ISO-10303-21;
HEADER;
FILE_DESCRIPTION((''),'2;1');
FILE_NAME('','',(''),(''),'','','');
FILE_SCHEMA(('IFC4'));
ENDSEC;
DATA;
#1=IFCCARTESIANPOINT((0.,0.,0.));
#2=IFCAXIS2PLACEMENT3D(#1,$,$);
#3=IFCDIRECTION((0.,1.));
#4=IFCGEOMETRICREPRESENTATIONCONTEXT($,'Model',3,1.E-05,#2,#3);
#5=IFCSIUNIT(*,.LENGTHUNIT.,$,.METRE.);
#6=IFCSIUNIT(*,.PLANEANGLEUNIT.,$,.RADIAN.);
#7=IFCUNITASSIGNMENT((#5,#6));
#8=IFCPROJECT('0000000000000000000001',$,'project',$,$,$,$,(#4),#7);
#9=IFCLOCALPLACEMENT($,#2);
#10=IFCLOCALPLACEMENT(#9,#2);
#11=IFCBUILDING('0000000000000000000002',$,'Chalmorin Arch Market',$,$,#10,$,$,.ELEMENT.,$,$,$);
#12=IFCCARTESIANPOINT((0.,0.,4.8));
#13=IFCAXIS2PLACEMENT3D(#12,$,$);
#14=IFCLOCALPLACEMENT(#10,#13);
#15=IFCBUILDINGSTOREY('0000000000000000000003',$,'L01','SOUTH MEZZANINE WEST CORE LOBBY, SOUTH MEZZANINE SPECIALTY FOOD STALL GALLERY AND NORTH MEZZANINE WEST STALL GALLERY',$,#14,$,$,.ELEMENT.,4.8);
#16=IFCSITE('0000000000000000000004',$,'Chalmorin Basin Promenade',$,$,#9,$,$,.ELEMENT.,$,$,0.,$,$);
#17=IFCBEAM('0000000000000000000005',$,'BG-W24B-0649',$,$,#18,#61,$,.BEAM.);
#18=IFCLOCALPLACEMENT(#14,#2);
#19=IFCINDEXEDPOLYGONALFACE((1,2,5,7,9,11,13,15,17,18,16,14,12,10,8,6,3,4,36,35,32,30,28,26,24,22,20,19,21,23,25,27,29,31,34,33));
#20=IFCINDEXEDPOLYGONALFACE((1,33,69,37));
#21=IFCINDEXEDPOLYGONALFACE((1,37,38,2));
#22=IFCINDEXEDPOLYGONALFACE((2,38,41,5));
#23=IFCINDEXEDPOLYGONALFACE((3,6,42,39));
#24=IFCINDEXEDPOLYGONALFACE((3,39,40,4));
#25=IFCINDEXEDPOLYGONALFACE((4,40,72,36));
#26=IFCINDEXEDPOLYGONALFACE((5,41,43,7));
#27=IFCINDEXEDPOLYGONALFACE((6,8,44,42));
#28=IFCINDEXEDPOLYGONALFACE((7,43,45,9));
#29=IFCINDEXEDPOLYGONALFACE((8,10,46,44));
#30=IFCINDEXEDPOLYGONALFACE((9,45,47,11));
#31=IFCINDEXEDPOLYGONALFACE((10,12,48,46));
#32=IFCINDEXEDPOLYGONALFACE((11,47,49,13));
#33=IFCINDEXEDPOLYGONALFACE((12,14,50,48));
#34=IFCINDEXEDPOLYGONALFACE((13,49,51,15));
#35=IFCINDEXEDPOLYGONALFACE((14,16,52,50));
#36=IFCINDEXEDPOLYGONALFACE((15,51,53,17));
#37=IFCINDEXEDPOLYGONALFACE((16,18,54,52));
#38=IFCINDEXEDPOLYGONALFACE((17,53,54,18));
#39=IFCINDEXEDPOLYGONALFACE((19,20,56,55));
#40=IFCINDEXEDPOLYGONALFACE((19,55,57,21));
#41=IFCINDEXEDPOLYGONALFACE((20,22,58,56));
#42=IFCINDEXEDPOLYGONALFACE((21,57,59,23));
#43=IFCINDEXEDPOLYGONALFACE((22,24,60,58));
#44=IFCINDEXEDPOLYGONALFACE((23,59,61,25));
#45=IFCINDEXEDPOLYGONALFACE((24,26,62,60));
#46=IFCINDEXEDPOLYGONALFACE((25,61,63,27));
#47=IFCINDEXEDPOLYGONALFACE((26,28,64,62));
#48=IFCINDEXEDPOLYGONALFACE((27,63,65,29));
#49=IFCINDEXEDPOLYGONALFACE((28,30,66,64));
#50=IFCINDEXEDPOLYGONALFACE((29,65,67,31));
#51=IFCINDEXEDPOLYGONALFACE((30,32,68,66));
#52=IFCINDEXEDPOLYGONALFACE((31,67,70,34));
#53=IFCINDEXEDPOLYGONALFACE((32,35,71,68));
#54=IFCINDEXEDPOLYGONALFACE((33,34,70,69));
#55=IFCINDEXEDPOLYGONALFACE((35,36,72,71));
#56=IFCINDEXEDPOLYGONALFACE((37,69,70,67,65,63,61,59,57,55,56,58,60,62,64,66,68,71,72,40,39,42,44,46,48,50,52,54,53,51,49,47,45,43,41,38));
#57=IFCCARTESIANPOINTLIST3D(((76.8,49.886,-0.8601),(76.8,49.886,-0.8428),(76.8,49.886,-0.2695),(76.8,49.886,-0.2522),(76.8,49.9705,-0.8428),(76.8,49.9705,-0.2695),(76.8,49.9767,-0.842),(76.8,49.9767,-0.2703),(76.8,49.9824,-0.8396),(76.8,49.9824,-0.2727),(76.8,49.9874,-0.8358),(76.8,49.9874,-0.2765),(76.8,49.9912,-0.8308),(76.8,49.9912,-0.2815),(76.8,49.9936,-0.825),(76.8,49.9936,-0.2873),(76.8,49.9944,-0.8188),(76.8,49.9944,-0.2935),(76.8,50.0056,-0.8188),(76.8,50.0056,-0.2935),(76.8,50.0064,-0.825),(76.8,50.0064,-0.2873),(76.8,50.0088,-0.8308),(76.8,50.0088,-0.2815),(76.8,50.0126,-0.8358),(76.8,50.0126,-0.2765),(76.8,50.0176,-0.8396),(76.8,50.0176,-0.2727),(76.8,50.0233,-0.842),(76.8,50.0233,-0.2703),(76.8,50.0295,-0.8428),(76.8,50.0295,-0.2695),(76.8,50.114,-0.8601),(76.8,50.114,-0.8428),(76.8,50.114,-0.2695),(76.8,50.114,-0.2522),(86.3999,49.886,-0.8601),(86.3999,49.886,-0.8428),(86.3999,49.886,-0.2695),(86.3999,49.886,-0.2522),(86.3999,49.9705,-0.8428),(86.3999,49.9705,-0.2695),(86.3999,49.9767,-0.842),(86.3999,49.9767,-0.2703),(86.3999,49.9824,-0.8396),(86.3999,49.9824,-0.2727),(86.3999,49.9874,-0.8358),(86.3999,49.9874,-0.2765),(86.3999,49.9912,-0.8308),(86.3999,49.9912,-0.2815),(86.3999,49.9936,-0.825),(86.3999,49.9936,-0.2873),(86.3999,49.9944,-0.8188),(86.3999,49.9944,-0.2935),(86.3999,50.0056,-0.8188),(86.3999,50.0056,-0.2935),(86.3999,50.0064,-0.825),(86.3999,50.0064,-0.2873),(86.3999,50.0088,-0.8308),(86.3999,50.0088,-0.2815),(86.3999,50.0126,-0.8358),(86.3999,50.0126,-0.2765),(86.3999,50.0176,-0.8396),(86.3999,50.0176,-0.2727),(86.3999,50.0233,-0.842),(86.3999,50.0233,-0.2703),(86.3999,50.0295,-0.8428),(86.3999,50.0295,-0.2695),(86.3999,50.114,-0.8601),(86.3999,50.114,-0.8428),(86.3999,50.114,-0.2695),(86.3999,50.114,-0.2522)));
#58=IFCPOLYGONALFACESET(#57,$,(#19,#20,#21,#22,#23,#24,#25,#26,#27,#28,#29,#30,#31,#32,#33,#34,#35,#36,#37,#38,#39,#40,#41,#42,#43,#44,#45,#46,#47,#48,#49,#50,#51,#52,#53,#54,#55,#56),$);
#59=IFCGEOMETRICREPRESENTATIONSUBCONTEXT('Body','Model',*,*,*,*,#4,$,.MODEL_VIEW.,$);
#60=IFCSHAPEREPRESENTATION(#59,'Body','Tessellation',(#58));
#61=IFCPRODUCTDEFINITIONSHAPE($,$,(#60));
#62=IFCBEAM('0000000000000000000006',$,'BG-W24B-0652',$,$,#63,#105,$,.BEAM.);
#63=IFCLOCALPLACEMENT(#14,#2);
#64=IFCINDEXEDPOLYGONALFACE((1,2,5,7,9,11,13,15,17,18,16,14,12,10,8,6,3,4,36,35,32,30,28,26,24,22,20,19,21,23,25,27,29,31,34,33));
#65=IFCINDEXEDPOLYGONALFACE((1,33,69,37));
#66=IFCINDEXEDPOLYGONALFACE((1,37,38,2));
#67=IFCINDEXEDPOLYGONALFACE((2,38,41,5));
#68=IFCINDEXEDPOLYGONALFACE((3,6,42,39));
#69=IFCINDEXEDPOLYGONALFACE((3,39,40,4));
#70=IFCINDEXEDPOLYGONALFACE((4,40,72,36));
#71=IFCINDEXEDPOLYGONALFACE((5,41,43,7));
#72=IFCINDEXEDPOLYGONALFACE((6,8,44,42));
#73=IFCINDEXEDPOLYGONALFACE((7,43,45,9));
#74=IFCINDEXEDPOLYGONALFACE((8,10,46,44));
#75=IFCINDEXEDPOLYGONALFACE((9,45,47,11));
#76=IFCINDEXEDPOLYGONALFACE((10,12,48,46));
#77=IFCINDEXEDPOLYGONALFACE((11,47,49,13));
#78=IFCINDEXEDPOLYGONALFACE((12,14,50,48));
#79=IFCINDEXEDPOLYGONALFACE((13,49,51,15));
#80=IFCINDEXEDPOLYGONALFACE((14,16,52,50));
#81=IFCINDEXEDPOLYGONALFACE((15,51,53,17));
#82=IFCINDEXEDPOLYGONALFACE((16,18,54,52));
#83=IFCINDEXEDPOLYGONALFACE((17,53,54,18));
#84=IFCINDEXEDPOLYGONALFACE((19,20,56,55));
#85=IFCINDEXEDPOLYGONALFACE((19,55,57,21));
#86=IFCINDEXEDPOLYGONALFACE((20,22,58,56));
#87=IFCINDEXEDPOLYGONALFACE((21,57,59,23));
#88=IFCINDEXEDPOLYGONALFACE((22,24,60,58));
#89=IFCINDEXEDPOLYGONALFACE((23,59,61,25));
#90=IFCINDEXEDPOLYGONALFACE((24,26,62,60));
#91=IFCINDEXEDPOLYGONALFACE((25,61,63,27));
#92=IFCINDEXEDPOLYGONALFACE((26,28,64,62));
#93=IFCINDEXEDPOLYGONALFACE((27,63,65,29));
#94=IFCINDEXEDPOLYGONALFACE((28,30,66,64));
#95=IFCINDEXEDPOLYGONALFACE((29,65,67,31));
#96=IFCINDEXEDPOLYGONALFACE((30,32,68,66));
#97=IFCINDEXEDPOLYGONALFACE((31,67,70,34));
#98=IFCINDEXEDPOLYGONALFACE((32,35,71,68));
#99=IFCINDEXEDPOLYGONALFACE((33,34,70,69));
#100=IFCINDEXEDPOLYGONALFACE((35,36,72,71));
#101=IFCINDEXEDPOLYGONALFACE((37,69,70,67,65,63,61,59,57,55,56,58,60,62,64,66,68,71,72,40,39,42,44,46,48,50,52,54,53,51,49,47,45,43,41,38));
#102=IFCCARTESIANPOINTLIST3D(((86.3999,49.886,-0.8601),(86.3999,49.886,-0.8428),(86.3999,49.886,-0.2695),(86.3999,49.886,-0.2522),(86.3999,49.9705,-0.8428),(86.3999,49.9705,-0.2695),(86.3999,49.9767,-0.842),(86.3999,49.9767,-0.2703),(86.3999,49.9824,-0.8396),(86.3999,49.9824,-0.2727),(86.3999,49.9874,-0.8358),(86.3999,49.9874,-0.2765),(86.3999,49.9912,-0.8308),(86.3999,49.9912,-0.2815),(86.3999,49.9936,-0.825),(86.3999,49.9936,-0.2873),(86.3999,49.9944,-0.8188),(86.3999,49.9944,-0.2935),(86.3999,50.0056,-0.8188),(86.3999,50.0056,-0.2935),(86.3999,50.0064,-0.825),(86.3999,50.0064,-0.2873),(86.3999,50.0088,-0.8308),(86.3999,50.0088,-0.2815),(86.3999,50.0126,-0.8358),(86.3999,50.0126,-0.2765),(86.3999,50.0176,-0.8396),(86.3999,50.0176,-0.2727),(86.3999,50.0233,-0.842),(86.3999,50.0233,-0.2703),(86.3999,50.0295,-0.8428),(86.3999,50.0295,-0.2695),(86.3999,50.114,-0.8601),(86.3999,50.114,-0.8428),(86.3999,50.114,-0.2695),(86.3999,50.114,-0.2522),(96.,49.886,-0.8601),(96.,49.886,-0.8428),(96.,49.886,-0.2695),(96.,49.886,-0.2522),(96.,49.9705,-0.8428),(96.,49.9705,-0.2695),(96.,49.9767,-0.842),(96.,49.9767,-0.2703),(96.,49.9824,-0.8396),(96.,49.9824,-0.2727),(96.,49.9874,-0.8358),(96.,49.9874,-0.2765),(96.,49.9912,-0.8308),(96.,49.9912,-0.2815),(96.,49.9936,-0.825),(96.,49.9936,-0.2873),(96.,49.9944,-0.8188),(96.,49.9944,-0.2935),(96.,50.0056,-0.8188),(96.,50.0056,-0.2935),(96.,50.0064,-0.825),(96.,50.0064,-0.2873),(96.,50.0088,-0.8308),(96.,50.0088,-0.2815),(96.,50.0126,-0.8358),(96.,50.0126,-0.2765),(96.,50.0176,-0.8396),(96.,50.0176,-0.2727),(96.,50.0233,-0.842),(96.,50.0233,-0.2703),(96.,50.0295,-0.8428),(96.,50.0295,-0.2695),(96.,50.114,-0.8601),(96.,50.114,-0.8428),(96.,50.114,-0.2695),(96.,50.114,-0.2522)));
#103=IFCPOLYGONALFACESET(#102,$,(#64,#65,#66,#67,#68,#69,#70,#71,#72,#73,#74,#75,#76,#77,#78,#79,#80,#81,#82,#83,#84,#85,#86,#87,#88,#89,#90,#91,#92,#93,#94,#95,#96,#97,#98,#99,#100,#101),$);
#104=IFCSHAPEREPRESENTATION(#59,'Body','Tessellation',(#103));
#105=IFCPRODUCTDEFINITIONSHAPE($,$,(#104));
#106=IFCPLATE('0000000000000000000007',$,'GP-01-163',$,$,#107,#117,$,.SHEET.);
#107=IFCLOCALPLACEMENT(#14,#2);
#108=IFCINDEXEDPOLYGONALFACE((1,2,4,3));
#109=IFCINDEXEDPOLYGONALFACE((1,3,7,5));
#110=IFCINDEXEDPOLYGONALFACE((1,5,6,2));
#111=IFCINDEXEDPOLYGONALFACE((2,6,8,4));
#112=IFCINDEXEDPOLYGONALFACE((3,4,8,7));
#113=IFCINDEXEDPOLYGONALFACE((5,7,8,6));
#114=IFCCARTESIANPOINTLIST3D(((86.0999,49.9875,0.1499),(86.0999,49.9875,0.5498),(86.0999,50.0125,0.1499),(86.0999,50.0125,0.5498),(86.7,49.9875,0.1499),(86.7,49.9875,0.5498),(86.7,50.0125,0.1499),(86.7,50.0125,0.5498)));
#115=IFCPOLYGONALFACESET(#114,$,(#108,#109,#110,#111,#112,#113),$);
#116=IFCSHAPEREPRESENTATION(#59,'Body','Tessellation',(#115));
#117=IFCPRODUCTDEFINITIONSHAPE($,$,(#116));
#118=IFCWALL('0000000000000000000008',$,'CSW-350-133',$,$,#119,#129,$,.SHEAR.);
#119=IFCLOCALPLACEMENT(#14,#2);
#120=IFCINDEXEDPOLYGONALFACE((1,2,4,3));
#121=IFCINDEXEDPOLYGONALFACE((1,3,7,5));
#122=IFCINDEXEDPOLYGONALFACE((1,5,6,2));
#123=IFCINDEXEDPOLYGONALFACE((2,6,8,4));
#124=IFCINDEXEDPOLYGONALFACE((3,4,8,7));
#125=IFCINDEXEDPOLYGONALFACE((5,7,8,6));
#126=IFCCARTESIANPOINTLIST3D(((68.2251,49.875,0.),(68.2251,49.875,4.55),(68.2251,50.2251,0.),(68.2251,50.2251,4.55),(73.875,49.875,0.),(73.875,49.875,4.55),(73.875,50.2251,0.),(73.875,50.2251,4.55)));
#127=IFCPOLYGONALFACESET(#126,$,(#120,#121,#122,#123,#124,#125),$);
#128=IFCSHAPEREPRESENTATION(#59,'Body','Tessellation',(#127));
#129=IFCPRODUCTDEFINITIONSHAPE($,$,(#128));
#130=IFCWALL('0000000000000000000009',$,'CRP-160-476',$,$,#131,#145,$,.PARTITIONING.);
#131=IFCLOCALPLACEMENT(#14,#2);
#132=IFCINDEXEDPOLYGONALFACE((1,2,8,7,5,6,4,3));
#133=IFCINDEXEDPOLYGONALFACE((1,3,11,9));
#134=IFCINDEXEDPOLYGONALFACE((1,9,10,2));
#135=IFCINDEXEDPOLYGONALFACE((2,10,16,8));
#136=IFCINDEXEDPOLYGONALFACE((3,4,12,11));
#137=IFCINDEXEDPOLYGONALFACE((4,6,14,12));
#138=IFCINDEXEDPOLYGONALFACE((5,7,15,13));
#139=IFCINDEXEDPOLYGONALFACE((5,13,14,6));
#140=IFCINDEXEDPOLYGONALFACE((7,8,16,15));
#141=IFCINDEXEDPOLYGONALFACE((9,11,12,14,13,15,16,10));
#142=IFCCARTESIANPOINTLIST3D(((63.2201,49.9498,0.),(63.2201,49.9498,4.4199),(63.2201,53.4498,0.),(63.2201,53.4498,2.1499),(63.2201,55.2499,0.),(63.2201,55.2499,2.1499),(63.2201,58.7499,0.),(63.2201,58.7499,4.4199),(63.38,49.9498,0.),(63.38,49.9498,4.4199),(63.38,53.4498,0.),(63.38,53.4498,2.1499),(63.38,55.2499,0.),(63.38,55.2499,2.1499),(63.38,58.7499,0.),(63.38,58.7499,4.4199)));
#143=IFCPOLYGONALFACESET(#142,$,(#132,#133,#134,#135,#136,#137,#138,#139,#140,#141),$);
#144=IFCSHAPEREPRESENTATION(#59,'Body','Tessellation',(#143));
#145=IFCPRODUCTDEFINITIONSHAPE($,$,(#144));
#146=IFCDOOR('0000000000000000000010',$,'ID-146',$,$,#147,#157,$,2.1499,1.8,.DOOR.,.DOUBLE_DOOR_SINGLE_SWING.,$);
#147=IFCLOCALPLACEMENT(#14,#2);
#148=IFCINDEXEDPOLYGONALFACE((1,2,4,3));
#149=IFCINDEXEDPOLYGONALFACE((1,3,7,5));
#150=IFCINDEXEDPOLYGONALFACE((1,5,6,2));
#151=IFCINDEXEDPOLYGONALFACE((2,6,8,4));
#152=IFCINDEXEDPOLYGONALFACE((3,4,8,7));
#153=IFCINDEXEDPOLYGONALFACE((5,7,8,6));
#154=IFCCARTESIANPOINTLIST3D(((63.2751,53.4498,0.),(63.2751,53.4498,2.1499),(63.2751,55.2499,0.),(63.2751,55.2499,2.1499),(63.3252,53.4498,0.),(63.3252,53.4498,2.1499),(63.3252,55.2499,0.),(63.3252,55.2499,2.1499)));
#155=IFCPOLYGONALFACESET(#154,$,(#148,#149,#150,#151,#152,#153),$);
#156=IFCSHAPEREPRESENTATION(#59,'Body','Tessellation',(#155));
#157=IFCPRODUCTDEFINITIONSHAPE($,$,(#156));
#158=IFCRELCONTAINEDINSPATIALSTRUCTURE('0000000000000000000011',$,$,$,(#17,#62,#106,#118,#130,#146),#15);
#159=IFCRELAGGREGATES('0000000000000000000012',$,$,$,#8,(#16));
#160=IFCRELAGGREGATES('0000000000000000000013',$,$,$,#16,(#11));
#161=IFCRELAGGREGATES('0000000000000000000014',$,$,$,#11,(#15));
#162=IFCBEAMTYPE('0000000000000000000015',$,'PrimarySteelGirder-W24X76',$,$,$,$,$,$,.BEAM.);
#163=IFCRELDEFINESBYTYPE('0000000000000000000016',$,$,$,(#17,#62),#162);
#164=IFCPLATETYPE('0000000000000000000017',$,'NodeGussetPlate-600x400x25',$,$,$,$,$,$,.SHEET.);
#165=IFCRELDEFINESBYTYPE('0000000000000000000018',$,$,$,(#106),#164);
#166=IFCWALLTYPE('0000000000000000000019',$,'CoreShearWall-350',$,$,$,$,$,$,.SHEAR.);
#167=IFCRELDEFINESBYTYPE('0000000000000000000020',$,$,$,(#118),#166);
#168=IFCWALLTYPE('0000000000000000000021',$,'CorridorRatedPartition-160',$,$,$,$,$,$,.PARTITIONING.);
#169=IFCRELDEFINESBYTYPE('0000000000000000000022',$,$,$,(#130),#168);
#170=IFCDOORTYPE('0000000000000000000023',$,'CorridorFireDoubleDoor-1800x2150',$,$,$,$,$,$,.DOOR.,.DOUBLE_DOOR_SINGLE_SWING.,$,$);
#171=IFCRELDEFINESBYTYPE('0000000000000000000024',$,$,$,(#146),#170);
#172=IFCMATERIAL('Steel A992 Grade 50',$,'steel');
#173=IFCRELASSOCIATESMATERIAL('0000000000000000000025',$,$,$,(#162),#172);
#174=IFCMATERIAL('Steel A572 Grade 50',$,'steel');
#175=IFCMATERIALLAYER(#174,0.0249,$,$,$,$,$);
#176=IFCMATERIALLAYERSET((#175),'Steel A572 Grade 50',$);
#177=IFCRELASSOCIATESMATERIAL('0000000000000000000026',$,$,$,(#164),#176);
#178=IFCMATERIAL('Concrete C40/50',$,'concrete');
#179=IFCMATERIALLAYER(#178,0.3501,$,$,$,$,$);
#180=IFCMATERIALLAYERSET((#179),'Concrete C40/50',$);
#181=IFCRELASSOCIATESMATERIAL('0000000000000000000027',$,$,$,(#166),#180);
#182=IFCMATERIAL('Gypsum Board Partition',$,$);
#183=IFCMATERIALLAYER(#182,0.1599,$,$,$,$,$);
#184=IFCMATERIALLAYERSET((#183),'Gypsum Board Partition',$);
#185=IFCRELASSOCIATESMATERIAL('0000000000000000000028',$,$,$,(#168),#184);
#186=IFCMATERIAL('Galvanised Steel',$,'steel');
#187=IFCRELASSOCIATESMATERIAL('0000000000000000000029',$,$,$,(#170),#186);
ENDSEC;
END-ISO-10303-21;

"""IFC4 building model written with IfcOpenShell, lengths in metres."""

from ifc_helpers import new_model, si_unit, direction, frame, frame_2d, origin, origin_2d, place, context, subcontext, project, spatial, rectangle, i_section, extrude, material, layer, layer_set, material_profile, profile_set, type_object, element, fill, save


model = new_model("IFC4")

# Units and contexts
model_context = context("Model", 3, precision=1e-05, world=origin(), true_north=direction((0.0, 1.0)))
body_context = subcontext(model_context, "Body", "Model", "MODEL_VIEW")
ifc_project = project(units=[si_unit("LENGTHUNIT", "METRE"), si_unit("PLANEANGLEUNIT", "RADIAN")], contexts=[model_context])

# Site, building, storey
site_placement = place(None, origin())
site = spatial("IfcSite", under=ifc_project, at=site_placement, Name="Chalmorin Basin Promenade", CompositionType="ELEMENT", RefElevation=0.0)
building_placement = place(site_placement, origin())
building = spatial("IfcBuilding", under=site, at=building_placement, Name="Chalmorin Arch Market", CompositionType="ELEMENT")
storey_placement = place(building_placement, frame((0.0, 0.0, 4.8)))
storey = spatial("IfcBuildingStorey", under=building, at=storey_placement, Name="L01", Description="SOUTH MEZZANINE WEST CORE LOBBY, SOUTH MEZZANINE SPECIALTY FOOD STALL GALLERY AND NORTH MEZZANINE WEST STALL GALLERY", CompositionType="ELEMENT", Elevation=4.8)

# Shared definitions
ifc_material_1 = material(Name="Concrete C40/50", Category="concrete")

# Shared definitions
ifc_material_2 = material(Name="Steel A992 Grade 50", Category="steel")

# Beams
ifc_material_profile_1 = material_profile(ifc_material_2, i_section(OverallWidth=0.228, OverallDepth=0.6079, WebThickness=0.0112, FlangeThickness=0.0173, FilletRadius=0.0239, at=origin_2d()), Name="W24X76")
ifc_profile_set_1 = profile_set([ifc_material_profile_1], Name="Steel A992 Grade 50")
beam_type_1 = type_object("IfcBeamType", Name="PrimarySteelGirder-W24X76", PredefinedType="BEAM", material=ifc_profile_set_1)
beam_1_placement = place(storey_placement, frame((76.8, 50.0, -0.5562), z_axis=(1.0, 0.0, 0.0), x_axis=(0.0, 1.0, 0.0)))
element("IfcBeam", 1, at=beam_1_placement, inside=storey, type_object=beam_type_1, Name="BG-W24B-0649", PredefinedType="BEAM", context=body_context, shape_type="SweptSolid", body=[
    extrude(i_section(OverallWidth=0.228, OverallDepth=0.6079, WebThickness=0.0112, FlangeThickness=0.0173, FilletRadius=0.0239, at=origin_2d()), origin(), (0.0, 0.0, 1.0), 9.5999),
])
beam_2_placement = place(storey_placement, frame((86.3999, 50.0, -0.5562), z_axis=(1.0, 0.0, 0.0), x_axis=(0.0, 1.0, 0.0)))
element("IfcBeam", 2, at=beam_2_placement, inside=storey, type_object=beam_type_1, Name="BG-W24B-0652", PredefinedType="BEAM", context=body_context, shape_type="SweptSolid", body=[
    extrude(i_section(OverallWidth=0.228, OverallDepth=0.6079, WebThickness=0.0112, FlangeThickness=0.0173, FilletRadius=0.0239, at=origin_2d()), origin(), (0.0, 0.0, 1.0), 9.6001),
])

# Plate
ifc_material_3 = material(Name="Steel A572 Grade 50", Category="steel")
ifc_layer_1 = layer(ifc_material_3, 0.0249)
ifc_layer_set_1 = layer_set([ifc_layer_1], Name="Steel A572 Grade 50")
plate_type = type_object("IfcPlateType", Name="NodeGussetPlate-600x400x25", PredefinedType="SHEET", material=ifc_layer_set_1)
plate_placement = place(storey_placement, frame((86.3999, 50.0, 0.1499), z_axis=(0.0, 0.0, 1.0), x_axis=(1.0, 0.0, 0.0)))
element("IfcPlate", 3, at=plate_placement, inside=storey, type_object=plate_type, Name="GP-01-163", PredefinedType="SHEET", context=body_context, shape_type="SweptSolid", body=[
    extrude(rectangle(XDim=0.6001, YDim=0.0249, at=origin_2d()), origin(), (0.0, 0.0, 1.0), 0.3999),
])

# Wall
ifc_layer_2 = layer(ifc_material_1, 0.3501)
ifc_layer_set_2 = layer_set([ifc_layer_2], Name="Concrete C40/50")
wall_type_1 = type_object("IfcWallType", Name="CoreShearWall-350", PredefinedType="SHEAR", material=ifc_layer_set_2)
wall_1_placement = place(storey_placement, frame((73.875, 50.05, 0.0), z_axis=(0.0, 0.0, 1.0), x_axis=(-1.0, 0.0, 0.0)))
element("IfcWall", 4, at=wall_1_placement, inside=storey, type_object=wall_type_1, Name="CSW-350-133", PredefinedType="SHEAR", context=body_context, shape_type="SweptSolid", body=[
    extrude(rectangle(XDim=5.6499, YDim=0.3501, at=frame_2d((2.825, 0.0))), origin(), (0.0, 0.0, 1.0), 4.55),
])

# Wall, opening, door
ifc_material_4 = material(Name="Galvanised Steel", Category="steel")
ifc_material_5 = material(Name="Gypsum Board Partition")
ifc_layer_3 = layer(ifc_material_5, 0.1599)
ifc_layer_set_3 = layer_set([ifc_layer_3], Name="Gypsum Board Partition")
wall_type_2 = type_object("IfcWallType", Name="CorridorRatedPartition-160", PredefinedType="PARTITIONING", material=ifc_layer_set_3)
wall_2_placement = place(storey_placement, frame((63.3, 49.95, 0.0), z_axis=(0.0, 0.0, 1.0), x_axis=(0.0, 1.0, 0.0)))
wall_2 = element("IfcWall", 5, at=wall_2_placement, inside=storey, type_object=wall_type_2, Name="CRP-160-476", PredefinedType="PARTITIONING", context=body_context, shape_type="SweptSolid", body=[
    extrude(rectangle(XDim=8.8, YDim=0.1599, at=frame_2d((4.3999, 0.0))), origin(), (0.0, 0.0, 1.0), 4.4199),
])
opening_1_placement = place(wall_2_placement, frame((3.5, 0.0, 0.0)))
opening_1 = element("IfcOpeningElement", 6, at=opening_1_placement, cuts=wall_2, PredefinedType="OPENING", context=body_context, shape_type="SweptSolid", body=[
    extrude(rectangle(XDim=1.8, YDim=2.1499, at=frame_2d((0.8999, 1.075))), frame((0.0, 0.0898, 0.0), z_axis=(0.0, -1.0, 0.0), x_axis=(1.0, 0.0, 0.0)), (0.0, 0.0, 1.0), 0.1799),
])
door_type_1 = type_object("IfcDoorType", Name="CorridorFireDoubleDoor-1800x2150", OperationType="DOUBLE_DOOR_SINGLE_SWING", PredefinedType="DOOR", material=ifc_material_4)
door_1_placement = place(opening_1_placement, origin())
door_1 = element("IfcDoor", 7, at=door_1_placement, inside=storey, type_object=door_type_1, Name="ID-146", OperationType="DOUBLE_DOOR_SINGLE_SWING", OverallHeight=2.1499, OverallWidth=1.8, PredefinedType="DOOR", context=body_context, shape_type="SweptSolid", body=[
    extrude(rectangle(XDim=1.8, YDim=2.1499, at=frame_2d((0.8999, 1.075))), frame((0.0, 0.0249, 0.0), z_axis=(0.0, -1.0, 0.0), x_axis=(1.0, 0.0, 0.0)), (0.0, 0.0, 1.0), 0.05),
])
fill(opening_1, door_1)

save(model, "model.ifc")
